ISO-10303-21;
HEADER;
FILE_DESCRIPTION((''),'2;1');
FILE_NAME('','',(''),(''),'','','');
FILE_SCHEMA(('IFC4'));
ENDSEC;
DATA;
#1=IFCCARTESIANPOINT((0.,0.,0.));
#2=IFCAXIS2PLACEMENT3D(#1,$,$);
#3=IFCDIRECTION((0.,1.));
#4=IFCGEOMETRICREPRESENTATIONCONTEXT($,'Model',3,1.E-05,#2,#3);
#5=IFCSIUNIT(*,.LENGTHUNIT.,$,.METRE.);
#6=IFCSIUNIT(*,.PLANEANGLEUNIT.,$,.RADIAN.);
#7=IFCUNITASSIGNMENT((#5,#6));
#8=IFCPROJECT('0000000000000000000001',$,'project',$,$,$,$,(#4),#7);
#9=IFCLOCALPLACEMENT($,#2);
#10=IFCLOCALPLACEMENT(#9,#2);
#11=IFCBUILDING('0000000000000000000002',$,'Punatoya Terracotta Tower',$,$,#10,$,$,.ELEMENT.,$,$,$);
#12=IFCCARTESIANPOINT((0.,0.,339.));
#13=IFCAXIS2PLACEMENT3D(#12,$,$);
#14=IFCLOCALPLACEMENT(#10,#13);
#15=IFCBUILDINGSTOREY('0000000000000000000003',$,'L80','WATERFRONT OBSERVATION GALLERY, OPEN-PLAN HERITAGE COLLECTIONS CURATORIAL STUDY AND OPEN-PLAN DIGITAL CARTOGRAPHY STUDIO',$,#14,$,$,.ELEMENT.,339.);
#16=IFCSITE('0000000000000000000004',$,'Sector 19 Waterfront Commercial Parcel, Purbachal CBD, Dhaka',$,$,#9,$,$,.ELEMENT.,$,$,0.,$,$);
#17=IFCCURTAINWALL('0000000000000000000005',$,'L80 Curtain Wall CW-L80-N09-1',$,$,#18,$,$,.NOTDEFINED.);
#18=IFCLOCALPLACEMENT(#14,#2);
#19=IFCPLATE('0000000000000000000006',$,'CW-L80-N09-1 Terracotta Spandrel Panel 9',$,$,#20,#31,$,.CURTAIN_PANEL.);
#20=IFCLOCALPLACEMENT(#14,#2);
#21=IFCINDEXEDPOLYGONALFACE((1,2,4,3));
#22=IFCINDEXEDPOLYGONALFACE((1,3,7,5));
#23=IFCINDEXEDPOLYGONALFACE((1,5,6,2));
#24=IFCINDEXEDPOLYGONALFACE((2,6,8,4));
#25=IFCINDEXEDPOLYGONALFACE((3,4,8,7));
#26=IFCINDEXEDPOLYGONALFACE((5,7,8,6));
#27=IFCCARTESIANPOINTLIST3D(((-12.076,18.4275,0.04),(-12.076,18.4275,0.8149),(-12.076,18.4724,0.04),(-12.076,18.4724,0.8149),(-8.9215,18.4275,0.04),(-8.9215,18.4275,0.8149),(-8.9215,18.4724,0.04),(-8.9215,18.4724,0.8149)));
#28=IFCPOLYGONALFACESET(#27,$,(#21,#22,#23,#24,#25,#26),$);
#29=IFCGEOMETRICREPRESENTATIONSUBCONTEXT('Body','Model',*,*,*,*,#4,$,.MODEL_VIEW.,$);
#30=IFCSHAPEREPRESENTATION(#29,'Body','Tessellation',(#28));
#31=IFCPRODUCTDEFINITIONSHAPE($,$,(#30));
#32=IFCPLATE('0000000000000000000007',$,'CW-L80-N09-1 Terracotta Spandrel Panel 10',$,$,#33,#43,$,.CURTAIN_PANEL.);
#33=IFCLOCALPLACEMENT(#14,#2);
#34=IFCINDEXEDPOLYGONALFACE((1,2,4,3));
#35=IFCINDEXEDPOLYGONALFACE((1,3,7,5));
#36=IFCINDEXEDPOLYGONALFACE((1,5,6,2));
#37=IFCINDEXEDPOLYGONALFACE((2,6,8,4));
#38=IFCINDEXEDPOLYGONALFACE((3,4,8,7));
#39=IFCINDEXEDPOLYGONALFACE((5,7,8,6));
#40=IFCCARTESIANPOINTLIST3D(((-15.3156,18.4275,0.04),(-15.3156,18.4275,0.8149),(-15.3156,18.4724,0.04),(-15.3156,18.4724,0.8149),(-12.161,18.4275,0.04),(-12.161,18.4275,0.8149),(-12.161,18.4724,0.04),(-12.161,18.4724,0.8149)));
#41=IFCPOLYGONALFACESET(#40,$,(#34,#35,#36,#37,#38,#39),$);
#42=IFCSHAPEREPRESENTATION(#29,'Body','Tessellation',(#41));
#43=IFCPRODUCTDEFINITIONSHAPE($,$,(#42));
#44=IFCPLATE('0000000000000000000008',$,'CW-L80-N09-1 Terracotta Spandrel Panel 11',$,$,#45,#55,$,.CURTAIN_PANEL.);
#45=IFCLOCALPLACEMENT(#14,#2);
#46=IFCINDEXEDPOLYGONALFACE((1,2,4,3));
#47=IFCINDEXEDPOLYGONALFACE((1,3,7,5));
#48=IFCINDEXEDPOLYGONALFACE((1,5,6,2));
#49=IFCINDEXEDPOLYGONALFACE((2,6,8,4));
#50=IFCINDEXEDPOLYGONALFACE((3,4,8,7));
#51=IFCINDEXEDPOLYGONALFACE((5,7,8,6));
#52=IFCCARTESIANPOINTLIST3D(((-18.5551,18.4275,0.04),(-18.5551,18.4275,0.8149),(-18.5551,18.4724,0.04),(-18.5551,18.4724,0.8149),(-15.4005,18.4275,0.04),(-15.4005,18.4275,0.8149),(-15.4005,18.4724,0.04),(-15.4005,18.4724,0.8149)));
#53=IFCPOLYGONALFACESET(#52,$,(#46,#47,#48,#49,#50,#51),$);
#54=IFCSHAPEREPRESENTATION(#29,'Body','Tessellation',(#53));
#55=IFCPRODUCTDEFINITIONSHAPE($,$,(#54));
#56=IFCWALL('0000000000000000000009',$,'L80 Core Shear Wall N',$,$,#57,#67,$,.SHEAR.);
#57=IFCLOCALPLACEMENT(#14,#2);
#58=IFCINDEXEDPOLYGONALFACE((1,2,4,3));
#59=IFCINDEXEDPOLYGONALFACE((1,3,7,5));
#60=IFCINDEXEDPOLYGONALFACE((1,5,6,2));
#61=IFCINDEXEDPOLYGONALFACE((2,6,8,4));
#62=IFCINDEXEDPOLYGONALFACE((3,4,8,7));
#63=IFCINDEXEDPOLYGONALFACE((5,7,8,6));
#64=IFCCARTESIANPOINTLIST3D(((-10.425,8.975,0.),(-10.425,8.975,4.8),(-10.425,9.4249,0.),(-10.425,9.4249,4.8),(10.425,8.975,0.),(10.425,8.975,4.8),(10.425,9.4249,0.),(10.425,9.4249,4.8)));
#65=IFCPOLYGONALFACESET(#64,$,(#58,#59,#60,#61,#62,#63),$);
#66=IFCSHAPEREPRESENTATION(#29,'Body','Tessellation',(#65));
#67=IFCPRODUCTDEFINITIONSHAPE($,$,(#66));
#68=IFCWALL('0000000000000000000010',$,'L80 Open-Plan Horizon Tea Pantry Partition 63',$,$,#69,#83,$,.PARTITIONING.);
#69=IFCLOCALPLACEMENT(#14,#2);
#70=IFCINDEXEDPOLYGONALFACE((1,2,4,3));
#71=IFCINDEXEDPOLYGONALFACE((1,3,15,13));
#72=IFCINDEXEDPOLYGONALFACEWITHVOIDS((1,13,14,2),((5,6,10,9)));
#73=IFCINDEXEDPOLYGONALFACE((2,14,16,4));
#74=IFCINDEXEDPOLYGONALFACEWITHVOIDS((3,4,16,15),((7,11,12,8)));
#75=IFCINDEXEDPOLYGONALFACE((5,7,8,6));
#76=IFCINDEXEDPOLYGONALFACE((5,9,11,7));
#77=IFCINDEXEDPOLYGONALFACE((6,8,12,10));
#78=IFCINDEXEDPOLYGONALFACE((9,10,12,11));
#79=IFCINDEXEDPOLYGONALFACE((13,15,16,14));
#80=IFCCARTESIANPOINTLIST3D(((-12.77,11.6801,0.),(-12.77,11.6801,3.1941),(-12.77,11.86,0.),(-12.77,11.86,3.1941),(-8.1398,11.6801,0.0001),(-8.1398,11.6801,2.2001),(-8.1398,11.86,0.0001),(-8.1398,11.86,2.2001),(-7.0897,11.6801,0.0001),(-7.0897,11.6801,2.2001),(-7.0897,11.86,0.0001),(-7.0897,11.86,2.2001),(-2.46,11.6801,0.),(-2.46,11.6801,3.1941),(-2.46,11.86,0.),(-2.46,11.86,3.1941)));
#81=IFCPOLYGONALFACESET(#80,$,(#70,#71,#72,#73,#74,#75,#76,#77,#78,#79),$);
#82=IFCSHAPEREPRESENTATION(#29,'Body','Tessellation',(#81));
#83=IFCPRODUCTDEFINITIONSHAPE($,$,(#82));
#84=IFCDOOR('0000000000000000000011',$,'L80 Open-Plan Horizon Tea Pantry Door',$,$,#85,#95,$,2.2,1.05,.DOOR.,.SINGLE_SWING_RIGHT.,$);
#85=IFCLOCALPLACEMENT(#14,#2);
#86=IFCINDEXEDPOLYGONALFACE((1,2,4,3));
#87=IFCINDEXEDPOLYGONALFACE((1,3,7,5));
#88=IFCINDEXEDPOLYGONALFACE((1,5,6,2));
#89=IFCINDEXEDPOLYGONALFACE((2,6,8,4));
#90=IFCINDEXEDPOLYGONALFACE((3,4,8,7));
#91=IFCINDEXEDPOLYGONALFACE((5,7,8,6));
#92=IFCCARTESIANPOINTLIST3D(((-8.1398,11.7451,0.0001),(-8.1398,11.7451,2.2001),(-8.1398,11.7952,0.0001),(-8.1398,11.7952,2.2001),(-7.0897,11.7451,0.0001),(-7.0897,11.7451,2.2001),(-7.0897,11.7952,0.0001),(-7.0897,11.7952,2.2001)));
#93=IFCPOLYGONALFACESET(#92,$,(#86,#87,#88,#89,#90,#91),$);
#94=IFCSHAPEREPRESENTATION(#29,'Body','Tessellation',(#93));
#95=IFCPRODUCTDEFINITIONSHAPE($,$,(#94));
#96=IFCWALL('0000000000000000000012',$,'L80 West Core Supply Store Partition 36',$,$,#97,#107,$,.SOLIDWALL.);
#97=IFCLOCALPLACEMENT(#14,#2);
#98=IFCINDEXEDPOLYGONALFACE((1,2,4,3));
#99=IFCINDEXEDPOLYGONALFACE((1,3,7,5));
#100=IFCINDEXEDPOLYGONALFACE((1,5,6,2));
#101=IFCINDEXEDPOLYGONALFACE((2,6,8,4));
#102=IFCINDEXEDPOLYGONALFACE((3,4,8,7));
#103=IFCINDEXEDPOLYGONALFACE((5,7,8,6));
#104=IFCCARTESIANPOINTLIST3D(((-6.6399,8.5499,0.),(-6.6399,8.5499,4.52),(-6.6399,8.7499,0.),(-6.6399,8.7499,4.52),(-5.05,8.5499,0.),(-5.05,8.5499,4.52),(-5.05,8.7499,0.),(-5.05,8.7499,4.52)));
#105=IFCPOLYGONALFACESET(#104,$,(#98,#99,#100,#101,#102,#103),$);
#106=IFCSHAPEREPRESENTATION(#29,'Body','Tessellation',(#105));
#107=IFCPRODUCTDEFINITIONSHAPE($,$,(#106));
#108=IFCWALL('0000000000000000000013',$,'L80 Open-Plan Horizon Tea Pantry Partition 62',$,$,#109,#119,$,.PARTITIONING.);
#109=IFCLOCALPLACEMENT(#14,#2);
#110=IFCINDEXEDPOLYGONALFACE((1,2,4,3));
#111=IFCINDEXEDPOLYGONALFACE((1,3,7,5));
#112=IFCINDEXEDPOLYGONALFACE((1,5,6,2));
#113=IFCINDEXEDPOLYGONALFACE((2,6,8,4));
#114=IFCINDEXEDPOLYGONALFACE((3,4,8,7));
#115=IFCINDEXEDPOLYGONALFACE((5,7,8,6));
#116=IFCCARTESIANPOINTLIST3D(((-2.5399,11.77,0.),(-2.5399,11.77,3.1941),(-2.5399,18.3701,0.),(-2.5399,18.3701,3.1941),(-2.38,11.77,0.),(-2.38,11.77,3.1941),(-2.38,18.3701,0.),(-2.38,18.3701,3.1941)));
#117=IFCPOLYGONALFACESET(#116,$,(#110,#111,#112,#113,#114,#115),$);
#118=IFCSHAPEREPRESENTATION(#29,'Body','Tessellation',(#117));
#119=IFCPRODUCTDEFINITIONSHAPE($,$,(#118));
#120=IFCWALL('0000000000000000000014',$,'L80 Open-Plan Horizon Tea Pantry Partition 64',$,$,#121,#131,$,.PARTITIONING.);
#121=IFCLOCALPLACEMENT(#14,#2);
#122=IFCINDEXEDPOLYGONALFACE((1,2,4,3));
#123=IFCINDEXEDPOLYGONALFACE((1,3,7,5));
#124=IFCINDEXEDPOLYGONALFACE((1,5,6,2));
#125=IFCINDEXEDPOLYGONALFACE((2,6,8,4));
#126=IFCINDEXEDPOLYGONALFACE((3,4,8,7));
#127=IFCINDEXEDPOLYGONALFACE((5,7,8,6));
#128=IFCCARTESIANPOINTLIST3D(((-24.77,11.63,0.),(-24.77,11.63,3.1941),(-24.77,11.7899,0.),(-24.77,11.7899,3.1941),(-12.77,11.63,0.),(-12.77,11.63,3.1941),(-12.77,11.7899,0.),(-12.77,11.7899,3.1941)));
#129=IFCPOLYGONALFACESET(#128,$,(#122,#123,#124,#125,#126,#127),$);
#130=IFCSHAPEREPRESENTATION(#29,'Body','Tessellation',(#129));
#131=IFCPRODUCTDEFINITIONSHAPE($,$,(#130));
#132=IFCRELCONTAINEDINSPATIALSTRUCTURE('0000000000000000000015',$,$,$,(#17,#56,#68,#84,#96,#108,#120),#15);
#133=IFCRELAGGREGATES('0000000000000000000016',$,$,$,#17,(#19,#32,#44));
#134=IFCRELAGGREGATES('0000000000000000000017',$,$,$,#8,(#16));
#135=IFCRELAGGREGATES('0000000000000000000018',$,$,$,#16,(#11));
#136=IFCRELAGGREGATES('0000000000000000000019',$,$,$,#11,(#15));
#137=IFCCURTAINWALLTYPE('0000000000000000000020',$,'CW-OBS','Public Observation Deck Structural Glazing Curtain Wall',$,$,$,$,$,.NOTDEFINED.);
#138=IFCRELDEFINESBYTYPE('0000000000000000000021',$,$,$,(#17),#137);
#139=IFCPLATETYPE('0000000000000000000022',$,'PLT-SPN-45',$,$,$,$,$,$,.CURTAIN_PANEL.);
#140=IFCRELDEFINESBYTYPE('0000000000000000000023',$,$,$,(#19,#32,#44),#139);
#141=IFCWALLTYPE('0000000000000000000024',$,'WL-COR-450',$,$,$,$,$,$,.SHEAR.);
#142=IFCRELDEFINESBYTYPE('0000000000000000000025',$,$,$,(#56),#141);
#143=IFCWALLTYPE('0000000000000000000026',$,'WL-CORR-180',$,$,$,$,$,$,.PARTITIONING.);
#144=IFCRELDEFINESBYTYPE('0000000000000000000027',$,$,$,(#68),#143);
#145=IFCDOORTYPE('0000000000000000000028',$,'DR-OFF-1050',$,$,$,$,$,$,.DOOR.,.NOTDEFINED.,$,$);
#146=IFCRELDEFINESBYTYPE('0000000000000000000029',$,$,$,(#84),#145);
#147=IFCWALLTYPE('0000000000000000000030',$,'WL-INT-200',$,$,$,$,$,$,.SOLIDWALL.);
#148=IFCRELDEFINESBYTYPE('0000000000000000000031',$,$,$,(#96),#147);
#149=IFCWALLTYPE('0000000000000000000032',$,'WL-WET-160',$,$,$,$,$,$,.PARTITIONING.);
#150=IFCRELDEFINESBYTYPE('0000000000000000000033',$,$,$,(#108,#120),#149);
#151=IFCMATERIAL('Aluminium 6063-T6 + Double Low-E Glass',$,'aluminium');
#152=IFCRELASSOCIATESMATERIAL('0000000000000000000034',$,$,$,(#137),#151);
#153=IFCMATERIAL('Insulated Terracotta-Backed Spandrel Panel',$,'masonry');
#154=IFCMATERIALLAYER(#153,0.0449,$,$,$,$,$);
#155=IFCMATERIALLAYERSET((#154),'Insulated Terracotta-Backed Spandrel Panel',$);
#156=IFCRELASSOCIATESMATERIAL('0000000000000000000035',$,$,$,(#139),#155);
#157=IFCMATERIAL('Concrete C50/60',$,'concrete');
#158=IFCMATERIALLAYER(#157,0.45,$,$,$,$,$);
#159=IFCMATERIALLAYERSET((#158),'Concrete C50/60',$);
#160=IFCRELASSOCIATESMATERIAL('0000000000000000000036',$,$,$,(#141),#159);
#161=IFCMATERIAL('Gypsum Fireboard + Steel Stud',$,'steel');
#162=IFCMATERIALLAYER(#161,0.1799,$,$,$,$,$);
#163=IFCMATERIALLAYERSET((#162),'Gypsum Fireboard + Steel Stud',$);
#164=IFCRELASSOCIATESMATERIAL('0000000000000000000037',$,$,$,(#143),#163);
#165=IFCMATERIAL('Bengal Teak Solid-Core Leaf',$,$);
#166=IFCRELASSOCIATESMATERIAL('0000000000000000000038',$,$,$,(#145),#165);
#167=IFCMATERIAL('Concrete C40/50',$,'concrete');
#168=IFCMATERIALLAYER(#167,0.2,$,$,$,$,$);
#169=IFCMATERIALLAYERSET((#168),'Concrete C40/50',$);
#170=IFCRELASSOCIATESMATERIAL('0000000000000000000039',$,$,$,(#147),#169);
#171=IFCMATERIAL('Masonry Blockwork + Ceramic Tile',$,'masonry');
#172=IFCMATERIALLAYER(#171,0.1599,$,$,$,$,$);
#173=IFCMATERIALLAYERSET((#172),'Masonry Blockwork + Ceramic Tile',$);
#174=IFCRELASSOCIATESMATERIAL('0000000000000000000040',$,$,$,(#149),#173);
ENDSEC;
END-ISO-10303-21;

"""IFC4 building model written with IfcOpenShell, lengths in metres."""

from ifc_helpers import new_model, si_unit, direction, frame, frame_2d, origin, origin_2d, place, context, subcontext, project, spatial, rectangle, extrude, material, layer, layer_set, type_object, element, fill, aggregate, save


model = new_model("IFC4")

# Units and contexts
model_context = context("Model", 3, precision=1e-05, world=origin(), true_north=direction((0.0, 1.0)))
body_context = subcontext(model_context, "Body", "Model", "MODEL_VIEW")
ifc_project = project(units=[si_unit("LENGTHUNIT", "METRE"), si_unit("PLANEANGLEUNIT", "RADIAN")], contexts=[model_context])

# Site, building, storey
site_placement = place(None, origin())
site = spatial("IfcSite", under=ifc_project, at=site_placement, Name="Sector 19 Waterfront Commercial Parcel, Purbachal CBD, Dhaka", CompositionType="ELEMENT", RefElevation=0.0)
building_placement = place(site_placement, origin())
building = spatial("IfcBuilding", under=site, at=building_placement, Name="Punatoya Terracotta Tower", CompositionType="ELEMENT")
storey_placement = place(building_placement, frame((0.0, 0.0, 339.0)))
storey = spatial("IfcBuildingStorey", under=building, at=storey_placement, Name="L80", Description="WATERFRONT OBSERVATION GALLERY, OPEN-PLAN HERITAGE COLLECTIONS CURATORIAL STUDY AND OPEN-PLAN DIGITAL CARTOGRAPHY STUDIO", CompositionType="ELEMENT", Elevation=339.0)

# Curtain wall, plates
ifc_material_1 = material(Name="Aluminium 6063-T6 + Double Low-E Glass", Category="aluminium")
curtain_wall_type = type_object("IfcCurtainWallType", Name="CW-OBS", Description="Public Observation Deck Structural Glazing Curtain Wall", PredefinedType="NOTDEFINED", material=ifc_material_1)
curtain_wall_placement = place(storey_placement, origin())
curtain_wall = element("IfcCurtainWall", 1, at=curtain_wall_placement, inside=storey, type_object=curtain_wall_type, Name="L80 Curtain Wall CW-L80-N09-1", PredefinedType="NOTDEFINED")
ifc_material_2 = material(Name="Insulated Terracotta-Backed Spandrel Panel", Category="masonry")
ifc_layer_1 = layer(ifc_material_2, 0.0449)
ifc_layer_set_1 = layer_set([ifc_layer_1], Name="Insulated Terracotta-Backed Spandrel Panel")
plate_type_1 = type_object("IfcPlateType", Name="PLT-SPN-45", PredefinedType="CURTAIN_PANEL", material=ifc_layer_set_1)
plate_1_placement = place(storey_placement, frame((-10.4988, 18.45, 0.04), z_axis=(0.0, 0.0, 1.0), x_axis=(-1.0, 0.0, 0.0)))
plate_1 = element("IfcPlate", 2, at=plate_1_placement, type_object=plate_type_1, Name="CW-L80-N09-1 Terracotta Spandrel Panel 9", PredefinedType="CURTAIN_PANEL", context=body_context, shape_type="SweptSolid", body=[
    extrude(rectangle(XDim=3.1545, YDim=0.0449, at=origin_2d()), origin(), (0.0, 0.0, 1.0), 0.7749),
])
plate_2_placement = place(storey_placement, frame((-13.7383, 18.45, 0.04), z_axis=(0.0, 0.0, 1.0), x_axis=(-1.0, 0.0, 0.0)))
plate_2 = element("IfcPlate", 3, at=plate_2_placement, type_object=plate_type_1, Name="CW-L80-N09-1 Terracotta Spandrel Panel 10", PredefinedType="CURTAIN_PANEL", context=body_context, shape_type="SweptSolid", body=[
    extrude(rectangle(XDim=3.1545, YDim=0.0449, at=origin_2d()), origin(), (0.0, 0.0, 1.0), 0.7749),
])
plate_3_placement = place(storey_placement, frame((-16.9778, 18.45, 0.04), z_axis=(0.0, 0.0, 1.0), x_axis=(-1.0, 0.0, 0.0)))
plate_3 = element("IfcPlate", 4, at=plate_3_placement, type_object=plate_type_1, Name="CW-L80-N09-1 Terracotta Spandrel Panel 11", PredefinedType="CURTAIN_PANEL", context=body_context, shape_type="SweptSolid", body=[
    extrude(rectangle(XDim=3.1545, YDim=0.0449, at=origin_2d()), origin(), (0.0, 0.0, 1.0), 0.7749),
])
aggregate(curtain_wall, [plate_1, plate_2, plate_3])

# Wall
ifc_material_3 = material(Name="Concrete C50/60", Category="concrete")
ifc_layer_2 = layer(ifc_material_3, 0.45)
ifc_layer_set_2 = layer_set([ifc_layer_2], Name="Concrete C50/60")
wall_type_1 = type_object("IfcWallType", Name="WL-COR-450", PredefinedType="SHEAR", material=ifc_layer_set_2)
wall_1_placement = place(storey_placement, frame((-10.425, 9.2, 0.0), z_axis=(0.0, 0.0, 1.0), x_axis=(1.0, 0.0, 0.0)))
element("IfcWall", 5, at=wall_1_placement, inside=storey, type_object=wall_type_1, Name="L80 Core Shear Wall N", PredefinedType="SHEAR", context=body_context, shape_type="SweptSolid", body=[
    extrude(rectangle(XDim=20.8501, YDim=0.45, at=frame_2d((10.425, 0.0))), origin(), (0.0, 0.0, 1.0), 4.8),
])

# Wall, opening, door
ifc_material_4 = material(Name="Gypsum Fireboard + Steel Stud", Category="steel")
ifc_layer_3 = layer(ifc_material_4, 0.1799)
ifc_layer_set_3 = layer_set([ifc_layer_3], Name="Gypsum Fireboard + Steel Stud")
wall_type_2 = type_object("IfcWallType", Name="WL-CORR-180", PredefinedType="PARTITIONING", material=ifc_layer_set_3)
wall_2_placement = place(storey_placement, frame((-2.46, 11.77, 0.0), z_axis=(0.0, 0.0, 1.0), x_axis=(-1.0, 0.0, 0.0)))
wall_2 = element("IfcWall", 6, at=wall_2_placement, inside=storey, type_object=wall_type_2, Name="L80 Open-Plan Horizon Tea Pantry Partition 63", PredefinedType="PARTITIONING", context=body_context, shape_type="SweptSolid", body=[
    extrude(rectangle(XDim=10.3101, YDim=0.1799, at=frame_2d((5.155, 0.0))), origin(), (0.0, 0.0, 1.0), 3.1941),
])
opening_placement = place(wall_2_placement, frame((4.6299, 0.0, 0.0)))
opening = element("IfcOpeningElement", 7, at=opening_placement, cuts=wall_2, PredefinedType="OPENING", context=body_context, shape_type="SweptSolid", body=[
    extrude(rectangle(XDim=1.05, YDim=2.2, at=frame_2d((0.5249, 1.1001))), frame((0.0, 0.0999, 0.0), z_axis=(0.0, -1.0, 0.0), x_axis=(1.0, 0.0, 0.0)), (0.0, 0.0, 1.0), 0.2),
])
ifc_material_5 = material(Name="Bengal Teak Solid-Core Leaf")
door_type = type_object("IfcDoorType", Name="DR-OFF-1050", OperationType="NOTDEFINED", PredefinedType="DOOR", material=ifc_material_5)
door_placement = place(opening_placement, origin())
door = element("IfcDoor", 8, at=door_placement, inside=storey, type_object=door_type, Name="L80 Open-Plan Horizon Tea Pantry Door", OperationType="SINGLE_SWING_RIGHT", OverallHeight=2.2, OverallWidth=1.05, PredefinedType="DOOR", context=body_context, shape_type="SweptSolid", body=[
    extrude(rectangle(XDim=1.05, YDim=2.2, at=frame_2d((0.5249, 1.1001))), frame((0.0, 0.0249, 0.0), z_axis=(0.0, -1.0, 0.0), x_axis=(1.0, 0.0, 0.0)), (0.0, 0.0, 1.0), 0.05),
])
fill(opening, door)

# Walls
ifc_material_6 = material(Name="Concrete C40/50", Category="concrete")
ifc_layer_4 = layer(ifc_material_6, 0.2)
ifc_layer_set_4 = layer_set([ifc_layer_4], Name="Concrete C40/50")
wall_type_3 = type_object("IfcWallType", Name="WL-INT-200", PredefinedType="SOLIDWALL", material=ifc_layer_set_4)
wall_3_placement = place(storey_placement, frame((-5.05, 8.6499, 0.0), z_axis=(0.0, 0.0, 1.0), x_axis=(-1.0, 0.0, 0.0)))
element("IfcWall", 9, at=wall_3_placement, inside=storey, type_object=wall_type_3, Name="L80 West Core Supply Store Partition 36", PredefinedType="SOLIDWALL", context=body_context, shape_type="SweptSolid", body=[
    extrude(rectangle(XDim=1.5898, YDim=0.2, at=frame_2d((0.7949, 0.0))), origin(), (0.0, 0.0, 1.0), 4.52),
])
ifc_material_7 = material(Name="Masonry Blockwork + Ceramic Tile", Category="masonry")
ifc_layer_5 = layer(ifc_material_7, 0.1599)
ifc_layer_set_5 = layer_set([ifc_layer_5], Name="Masonry Blockwork + Ceramic Tile")
wall_type_4 = type_object("IfcWallType", Name="WL-WET-160", PredefinedType="PARTITIONING", material=ifc_layer_set_5)
wall_4_placement = place(storey_placement, frame((-2.46, 18.3701, 0.0), z_axis=(0.0, 0.0, 1.0), x_axis=(0.0, -1.0, 0.0)))
element("IfcWall", 10, at=wall_4_placement, inside=storey, type_object=wall_type_4, Name="L80 Open-Plan Horizon Tea Pantry Partition 62", PredefinedType="PARTITIONING", context=body_context, shape_type="SweptSolid", body=[
    extrude(rectangle(XDim=6.6001, YDim=0.1599, at=frame_2d((3.3, 0.0))), origin(), (0.0, 0.0, 1.0), 3.1941),
])
wall_5_placement = place(storey_placement, frame((-12.77, 11.71, 0.0), z_axis=(0.0, 0.0, 1.0), x_axis=(-1.0, 0.0, 0.0)))
element("IfcWall", 11, at=wall_5_placement, inside=storey, type_object=wall_type_4, Name="L80 Open-Plan Horizon Tea Pantry Partition 64", PredefinedType="PARTITIONING", context=body_context, shape_type="SweptSolid", body=[
    extrude(rectangle(XDim=12.0, YDim=0.1599, at=frame_2d((6.0, 0.0))), origin(), (0.0, 0.0, 1.0), 3.1941),
])

save(model, "model.ifc")
